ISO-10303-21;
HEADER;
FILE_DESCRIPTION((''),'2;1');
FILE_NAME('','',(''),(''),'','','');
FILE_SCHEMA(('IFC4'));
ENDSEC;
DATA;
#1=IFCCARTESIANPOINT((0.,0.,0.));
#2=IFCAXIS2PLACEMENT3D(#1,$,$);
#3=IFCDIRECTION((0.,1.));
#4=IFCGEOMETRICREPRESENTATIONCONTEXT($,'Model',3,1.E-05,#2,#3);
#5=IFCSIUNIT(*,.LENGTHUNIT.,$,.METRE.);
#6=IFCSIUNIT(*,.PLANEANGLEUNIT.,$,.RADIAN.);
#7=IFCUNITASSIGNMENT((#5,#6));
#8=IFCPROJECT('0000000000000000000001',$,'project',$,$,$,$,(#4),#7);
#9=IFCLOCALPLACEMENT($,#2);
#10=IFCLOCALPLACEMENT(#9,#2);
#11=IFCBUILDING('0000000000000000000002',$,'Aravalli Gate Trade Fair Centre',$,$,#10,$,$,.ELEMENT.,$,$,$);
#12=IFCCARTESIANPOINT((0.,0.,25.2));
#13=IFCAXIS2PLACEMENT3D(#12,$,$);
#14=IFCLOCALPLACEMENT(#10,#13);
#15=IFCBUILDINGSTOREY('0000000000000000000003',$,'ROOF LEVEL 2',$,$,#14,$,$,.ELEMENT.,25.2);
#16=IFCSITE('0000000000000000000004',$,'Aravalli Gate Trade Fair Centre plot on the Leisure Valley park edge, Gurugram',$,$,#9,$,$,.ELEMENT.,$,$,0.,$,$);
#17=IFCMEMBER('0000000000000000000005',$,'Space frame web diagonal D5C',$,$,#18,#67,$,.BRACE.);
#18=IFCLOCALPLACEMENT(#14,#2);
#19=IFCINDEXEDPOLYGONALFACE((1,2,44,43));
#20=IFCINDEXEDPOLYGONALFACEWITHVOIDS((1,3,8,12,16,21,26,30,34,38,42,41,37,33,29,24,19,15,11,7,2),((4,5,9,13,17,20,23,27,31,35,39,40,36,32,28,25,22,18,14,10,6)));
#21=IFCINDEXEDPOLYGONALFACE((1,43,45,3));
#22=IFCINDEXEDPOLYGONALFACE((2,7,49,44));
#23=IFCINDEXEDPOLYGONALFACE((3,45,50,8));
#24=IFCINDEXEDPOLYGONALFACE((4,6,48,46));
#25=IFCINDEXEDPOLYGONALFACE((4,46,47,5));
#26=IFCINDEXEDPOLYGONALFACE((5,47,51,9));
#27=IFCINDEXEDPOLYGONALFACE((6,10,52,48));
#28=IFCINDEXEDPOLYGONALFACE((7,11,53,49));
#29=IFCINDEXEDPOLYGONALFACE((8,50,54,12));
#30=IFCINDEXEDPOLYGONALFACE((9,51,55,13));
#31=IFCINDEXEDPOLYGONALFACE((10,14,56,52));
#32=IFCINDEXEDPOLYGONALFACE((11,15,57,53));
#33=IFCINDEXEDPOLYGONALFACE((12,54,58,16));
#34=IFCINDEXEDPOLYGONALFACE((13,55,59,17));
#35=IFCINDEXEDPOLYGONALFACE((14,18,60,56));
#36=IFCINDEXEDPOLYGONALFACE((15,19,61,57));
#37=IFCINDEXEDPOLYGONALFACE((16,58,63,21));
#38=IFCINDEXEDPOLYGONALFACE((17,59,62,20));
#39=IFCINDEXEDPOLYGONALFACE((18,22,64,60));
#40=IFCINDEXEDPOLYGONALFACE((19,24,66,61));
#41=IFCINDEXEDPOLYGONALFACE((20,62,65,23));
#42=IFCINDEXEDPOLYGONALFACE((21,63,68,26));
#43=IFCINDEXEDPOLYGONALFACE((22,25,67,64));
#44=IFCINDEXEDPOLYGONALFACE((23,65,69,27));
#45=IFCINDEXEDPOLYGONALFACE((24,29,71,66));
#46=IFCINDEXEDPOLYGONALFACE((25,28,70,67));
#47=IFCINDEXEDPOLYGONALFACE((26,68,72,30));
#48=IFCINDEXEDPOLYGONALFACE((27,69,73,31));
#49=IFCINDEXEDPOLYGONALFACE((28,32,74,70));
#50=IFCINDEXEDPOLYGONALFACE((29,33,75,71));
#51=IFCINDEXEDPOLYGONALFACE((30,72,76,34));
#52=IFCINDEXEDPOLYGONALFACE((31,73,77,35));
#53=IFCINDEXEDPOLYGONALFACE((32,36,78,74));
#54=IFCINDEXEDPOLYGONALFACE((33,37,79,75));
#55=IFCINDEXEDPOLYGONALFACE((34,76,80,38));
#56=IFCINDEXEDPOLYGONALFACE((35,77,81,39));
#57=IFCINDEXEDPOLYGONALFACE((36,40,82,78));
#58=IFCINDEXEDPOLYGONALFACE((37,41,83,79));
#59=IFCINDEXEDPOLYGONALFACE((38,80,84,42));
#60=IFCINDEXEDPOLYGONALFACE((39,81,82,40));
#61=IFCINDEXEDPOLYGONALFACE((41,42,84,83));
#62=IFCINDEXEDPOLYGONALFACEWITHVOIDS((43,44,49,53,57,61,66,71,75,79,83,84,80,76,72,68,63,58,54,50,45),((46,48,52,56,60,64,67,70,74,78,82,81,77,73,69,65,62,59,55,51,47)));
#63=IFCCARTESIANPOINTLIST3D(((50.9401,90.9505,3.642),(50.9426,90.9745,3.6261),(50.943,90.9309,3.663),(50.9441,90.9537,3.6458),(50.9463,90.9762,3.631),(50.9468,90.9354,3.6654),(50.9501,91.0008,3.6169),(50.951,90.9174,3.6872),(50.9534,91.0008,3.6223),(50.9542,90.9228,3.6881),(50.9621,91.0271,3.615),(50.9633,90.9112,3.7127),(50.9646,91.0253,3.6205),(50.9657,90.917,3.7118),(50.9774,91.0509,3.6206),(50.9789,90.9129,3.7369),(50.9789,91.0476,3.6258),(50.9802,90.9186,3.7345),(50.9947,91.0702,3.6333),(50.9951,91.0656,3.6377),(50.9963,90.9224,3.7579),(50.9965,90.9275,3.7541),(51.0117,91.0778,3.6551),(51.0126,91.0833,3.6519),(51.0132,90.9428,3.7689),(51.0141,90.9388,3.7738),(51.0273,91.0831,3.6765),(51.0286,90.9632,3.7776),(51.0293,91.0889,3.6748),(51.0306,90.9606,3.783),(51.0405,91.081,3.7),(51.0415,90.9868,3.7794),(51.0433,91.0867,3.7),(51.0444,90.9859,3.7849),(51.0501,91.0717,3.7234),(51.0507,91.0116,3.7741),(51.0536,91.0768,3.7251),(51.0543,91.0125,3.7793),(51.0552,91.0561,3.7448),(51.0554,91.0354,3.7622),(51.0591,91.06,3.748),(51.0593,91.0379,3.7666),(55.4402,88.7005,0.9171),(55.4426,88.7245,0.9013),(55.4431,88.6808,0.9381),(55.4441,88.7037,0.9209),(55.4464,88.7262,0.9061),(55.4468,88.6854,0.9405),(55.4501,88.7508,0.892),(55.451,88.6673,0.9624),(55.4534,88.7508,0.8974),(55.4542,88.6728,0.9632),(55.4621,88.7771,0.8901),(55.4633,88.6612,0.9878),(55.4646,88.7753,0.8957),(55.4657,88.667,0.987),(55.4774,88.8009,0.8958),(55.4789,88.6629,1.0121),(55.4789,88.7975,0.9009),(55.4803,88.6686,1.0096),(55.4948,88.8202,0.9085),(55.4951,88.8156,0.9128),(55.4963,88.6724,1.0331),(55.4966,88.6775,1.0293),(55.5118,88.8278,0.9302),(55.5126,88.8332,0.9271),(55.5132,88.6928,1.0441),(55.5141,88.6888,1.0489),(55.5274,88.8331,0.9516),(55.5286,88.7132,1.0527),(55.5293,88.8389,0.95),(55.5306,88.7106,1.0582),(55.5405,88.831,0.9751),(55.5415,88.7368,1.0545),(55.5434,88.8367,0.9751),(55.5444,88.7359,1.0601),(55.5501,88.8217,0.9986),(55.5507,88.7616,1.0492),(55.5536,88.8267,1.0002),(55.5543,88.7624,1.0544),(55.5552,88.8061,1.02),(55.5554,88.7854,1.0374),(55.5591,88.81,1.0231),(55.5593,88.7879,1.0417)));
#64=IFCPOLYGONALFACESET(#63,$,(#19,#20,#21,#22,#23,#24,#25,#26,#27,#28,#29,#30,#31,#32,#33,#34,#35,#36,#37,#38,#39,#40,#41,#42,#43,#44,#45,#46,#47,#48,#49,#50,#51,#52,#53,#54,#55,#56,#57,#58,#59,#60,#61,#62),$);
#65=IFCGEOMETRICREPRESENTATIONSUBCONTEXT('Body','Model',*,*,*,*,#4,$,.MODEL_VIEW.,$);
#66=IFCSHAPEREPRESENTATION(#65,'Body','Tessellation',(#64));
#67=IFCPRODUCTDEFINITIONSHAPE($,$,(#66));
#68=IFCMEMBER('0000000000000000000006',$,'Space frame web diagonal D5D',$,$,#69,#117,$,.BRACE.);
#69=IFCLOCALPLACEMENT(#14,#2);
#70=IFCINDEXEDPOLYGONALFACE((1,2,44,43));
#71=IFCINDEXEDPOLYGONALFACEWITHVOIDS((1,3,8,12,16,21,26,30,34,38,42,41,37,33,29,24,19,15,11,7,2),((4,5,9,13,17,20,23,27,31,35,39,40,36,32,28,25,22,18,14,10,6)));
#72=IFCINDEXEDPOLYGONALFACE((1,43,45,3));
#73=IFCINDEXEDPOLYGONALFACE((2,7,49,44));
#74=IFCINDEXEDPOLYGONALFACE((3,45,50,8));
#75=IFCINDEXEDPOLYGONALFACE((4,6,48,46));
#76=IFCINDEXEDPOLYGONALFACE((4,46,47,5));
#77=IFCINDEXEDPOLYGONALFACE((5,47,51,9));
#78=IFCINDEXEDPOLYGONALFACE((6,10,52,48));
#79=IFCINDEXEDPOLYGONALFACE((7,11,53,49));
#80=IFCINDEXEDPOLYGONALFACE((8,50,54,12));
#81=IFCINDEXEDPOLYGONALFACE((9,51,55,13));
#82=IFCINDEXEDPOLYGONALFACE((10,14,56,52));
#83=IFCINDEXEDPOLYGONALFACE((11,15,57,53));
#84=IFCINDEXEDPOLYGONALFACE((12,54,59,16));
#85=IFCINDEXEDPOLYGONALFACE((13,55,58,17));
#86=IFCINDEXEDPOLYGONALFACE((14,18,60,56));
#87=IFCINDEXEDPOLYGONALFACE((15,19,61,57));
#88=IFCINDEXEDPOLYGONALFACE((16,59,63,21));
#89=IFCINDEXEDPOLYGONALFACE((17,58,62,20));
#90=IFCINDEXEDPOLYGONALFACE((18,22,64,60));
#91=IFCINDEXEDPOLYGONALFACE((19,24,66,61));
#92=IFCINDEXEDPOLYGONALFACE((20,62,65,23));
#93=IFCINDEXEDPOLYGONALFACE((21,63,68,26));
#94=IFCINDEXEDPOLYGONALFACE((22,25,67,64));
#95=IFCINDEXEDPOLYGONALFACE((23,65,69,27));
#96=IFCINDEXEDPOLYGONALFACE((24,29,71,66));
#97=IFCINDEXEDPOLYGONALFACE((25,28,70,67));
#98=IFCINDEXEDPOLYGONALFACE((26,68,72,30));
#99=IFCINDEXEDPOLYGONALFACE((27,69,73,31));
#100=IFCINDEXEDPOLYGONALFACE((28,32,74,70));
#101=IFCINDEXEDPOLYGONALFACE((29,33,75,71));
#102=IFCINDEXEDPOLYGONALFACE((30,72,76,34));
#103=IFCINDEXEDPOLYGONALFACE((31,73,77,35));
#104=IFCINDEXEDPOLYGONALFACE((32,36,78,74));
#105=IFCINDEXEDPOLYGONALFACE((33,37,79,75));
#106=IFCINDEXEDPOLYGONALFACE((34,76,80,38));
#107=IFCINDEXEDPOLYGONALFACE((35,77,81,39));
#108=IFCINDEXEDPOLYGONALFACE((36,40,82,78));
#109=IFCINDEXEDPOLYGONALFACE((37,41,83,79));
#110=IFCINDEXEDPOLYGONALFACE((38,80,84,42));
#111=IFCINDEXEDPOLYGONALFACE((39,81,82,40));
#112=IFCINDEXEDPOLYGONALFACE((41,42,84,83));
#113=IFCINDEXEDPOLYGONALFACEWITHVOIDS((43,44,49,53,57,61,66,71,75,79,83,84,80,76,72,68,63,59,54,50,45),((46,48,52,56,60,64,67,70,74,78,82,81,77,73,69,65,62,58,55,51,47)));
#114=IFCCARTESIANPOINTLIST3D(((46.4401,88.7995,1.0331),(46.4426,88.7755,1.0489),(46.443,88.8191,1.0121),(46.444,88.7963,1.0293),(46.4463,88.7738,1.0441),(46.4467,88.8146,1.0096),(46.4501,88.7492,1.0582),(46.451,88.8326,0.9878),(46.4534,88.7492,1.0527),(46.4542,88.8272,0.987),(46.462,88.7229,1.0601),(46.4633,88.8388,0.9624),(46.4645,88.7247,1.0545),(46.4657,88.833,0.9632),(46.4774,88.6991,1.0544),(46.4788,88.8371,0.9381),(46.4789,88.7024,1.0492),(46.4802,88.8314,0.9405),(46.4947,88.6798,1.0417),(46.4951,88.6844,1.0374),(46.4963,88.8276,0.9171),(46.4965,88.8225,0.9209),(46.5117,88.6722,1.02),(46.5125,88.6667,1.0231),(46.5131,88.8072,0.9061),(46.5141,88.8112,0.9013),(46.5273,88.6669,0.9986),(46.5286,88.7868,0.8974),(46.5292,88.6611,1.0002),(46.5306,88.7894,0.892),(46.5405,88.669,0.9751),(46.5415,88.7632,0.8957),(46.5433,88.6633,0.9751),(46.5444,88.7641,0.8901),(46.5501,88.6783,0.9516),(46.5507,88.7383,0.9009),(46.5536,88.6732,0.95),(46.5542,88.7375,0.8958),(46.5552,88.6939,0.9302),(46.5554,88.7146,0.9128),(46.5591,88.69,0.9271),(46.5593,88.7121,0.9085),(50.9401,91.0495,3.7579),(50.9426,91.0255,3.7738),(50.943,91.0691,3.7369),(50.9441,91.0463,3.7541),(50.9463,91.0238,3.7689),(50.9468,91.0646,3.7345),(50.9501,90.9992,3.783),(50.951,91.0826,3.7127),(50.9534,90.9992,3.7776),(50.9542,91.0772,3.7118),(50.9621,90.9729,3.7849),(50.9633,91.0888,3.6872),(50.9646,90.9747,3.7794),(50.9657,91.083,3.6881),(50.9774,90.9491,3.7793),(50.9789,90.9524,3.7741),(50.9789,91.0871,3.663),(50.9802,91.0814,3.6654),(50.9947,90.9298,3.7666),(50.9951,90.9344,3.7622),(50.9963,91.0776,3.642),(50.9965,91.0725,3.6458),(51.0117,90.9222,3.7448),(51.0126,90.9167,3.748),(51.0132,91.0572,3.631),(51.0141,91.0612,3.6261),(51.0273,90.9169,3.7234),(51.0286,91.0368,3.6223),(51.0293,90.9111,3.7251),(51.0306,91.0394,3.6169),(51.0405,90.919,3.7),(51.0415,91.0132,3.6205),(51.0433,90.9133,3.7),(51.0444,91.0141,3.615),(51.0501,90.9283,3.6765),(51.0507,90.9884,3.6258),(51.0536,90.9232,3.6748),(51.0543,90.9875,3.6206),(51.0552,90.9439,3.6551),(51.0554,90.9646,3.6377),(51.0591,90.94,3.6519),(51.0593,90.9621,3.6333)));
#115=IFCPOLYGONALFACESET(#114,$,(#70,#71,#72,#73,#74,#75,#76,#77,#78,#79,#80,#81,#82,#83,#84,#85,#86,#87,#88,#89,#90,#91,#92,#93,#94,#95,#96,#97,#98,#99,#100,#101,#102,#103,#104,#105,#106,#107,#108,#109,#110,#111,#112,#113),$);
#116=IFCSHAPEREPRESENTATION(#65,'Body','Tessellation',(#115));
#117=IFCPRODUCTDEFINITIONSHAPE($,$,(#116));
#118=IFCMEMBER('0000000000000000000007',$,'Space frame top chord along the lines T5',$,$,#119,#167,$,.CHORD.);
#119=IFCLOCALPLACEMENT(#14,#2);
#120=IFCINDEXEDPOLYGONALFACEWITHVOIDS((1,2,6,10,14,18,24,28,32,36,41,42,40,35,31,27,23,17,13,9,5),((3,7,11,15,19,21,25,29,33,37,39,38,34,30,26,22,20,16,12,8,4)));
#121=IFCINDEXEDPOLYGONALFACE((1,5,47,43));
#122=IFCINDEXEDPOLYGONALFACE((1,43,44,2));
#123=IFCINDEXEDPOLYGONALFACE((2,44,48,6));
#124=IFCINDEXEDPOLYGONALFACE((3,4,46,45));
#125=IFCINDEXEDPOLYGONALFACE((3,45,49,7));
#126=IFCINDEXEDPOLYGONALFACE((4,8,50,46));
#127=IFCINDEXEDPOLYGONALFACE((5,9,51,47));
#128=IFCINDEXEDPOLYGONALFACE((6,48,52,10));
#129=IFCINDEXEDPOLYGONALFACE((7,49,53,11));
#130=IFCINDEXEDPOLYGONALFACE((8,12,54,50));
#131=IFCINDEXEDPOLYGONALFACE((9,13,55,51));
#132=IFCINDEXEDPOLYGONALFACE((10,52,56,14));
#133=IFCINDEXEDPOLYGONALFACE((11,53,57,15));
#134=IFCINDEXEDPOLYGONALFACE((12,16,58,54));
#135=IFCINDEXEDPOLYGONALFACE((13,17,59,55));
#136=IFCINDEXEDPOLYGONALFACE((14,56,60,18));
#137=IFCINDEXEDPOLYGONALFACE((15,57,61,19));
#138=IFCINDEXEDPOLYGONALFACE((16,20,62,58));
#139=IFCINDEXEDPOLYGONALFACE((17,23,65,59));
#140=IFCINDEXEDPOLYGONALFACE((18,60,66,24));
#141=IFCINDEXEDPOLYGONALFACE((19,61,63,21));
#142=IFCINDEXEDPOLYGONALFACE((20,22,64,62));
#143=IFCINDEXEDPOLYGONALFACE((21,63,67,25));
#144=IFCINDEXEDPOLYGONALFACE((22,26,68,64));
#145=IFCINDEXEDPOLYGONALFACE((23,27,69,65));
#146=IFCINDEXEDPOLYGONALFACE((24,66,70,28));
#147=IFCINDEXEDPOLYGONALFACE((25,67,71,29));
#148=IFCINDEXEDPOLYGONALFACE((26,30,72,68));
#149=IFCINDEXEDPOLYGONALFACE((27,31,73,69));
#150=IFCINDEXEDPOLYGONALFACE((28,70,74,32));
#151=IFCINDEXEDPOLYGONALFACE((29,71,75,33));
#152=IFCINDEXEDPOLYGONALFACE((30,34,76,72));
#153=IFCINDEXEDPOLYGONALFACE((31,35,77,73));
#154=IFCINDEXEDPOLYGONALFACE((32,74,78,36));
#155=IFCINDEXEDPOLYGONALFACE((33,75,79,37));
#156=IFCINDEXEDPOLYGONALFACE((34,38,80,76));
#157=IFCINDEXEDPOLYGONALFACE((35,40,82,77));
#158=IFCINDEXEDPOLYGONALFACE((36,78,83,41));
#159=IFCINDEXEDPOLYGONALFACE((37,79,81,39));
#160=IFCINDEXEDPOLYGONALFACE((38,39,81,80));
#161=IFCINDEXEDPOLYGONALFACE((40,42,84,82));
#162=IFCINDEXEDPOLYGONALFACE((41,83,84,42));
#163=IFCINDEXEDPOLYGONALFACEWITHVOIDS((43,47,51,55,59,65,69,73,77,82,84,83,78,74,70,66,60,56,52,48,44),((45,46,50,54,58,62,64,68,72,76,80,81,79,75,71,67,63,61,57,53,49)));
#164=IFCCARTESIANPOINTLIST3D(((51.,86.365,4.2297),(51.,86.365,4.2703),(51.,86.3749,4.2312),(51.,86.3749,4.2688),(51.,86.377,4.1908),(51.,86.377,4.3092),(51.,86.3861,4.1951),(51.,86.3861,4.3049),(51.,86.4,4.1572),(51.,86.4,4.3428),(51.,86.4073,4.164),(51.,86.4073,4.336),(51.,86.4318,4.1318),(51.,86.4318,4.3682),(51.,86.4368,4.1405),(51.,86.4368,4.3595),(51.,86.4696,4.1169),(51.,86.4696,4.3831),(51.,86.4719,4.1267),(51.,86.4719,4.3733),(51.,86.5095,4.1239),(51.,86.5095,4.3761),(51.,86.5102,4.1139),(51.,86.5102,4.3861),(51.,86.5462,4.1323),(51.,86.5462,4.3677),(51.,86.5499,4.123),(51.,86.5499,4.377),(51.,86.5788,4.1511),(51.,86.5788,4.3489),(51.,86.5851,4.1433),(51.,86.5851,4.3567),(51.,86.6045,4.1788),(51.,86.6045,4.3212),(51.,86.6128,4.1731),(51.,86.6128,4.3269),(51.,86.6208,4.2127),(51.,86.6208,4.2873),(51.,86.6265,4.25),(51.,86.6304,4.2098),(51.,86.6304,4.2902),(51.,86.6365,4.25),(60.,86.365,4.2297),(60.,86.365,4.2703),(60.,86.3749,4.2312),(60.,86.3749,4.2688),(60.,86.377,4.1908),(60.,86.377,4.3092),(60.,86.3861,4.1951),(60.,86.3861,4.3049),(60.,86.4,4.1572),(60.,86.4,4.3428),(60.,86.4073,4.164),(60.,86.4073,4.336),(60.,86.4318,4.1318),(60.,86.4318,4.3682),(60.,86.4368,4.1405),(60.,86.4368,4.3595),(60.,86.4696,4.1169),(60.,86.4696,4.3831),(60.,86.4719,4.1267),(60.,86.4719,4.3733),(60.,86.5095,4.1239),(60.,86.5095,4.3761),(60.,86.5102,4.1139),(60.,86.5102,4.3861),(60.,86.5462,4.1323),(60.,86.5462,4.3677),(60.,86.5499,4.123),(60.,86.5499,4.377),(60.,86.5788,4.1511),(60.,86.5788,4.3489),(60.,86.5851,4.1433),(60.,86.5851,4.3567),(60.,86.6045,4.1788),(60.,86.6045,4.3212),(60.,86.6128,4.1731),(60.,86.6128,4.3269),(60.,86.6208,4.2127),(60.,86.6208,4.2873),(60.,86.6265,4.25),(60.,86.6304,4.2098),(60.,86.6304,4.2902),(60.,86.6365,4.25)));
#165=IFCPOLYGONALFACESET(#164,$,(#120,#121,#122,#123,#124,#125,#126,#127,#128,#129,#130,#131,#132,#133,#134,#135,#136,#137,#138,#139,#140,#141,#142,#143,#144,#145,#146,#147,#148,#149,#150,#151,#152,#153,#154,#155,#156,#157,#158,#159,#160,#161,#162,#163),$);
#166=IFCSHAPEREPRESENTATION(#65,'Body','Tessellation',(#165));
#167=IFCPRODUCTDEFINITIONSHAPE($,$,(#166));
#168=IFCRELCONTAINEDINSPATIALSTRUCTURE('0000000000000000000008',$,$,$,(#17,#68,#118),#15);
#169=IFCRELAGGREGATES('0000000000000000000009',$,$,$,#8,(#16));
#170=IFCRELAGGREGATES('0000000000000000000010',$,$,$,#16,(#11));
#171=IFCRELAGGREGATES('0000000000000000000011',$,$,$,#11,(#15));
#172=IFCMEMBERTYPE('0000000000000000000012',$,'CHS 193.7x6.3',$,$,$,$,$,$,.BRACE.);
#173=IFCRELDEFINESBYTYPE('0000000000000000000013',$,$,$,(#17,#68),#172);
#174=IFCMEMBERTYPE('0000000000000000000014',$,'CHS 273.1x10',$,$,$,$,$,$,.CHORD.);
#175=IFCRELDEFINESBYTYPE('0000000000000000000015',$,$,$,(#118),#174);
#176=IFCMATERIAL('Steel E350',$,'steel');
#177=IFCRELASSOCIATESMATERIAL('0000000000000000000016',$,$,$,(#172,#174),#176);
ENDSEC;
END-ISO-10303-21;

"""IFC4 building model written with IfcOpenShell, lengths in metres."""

from ifc_helpers import new_model, si_unit, direction, frame, origin, origin_2d, place, context, subcontext, project, spatial, hollow_circle, extrude, material, material_profile, profile_set, type_object, element, save


model = new_model("IFC4")

# Units and contexts
model_context = context("Model", 3, precision=1e-05, world=origin(), true_north=direction((0.0, 1.0)))
body_context = subcontext(model_context, "Body", "Model", "MODEL_VIEW")
ifc_project = project(units=[si_unit("LENGTHUNIT", "METRE"), si_unit("PLANEANGLEUNIT", "RADIAN")], contexts=[model_context])

# Site, building, storey
site_placement = place(None, origin())
site = spatial("IfcSite", under=ifc_project, at=site_placement, Name="Aravalli Gate Trade Fair Centre plot on the Leisure Valley park edge, Gurugram", CompositionType="ELEMENT", RefElevation=0.0)
building_placement = place(site_placement, origin())
building = spatial("IfcBuilding", under=site, at=building_placement, Name="Aravalli Gate Trade Fair Centre", CompositionType="ELEMENT")
storey_placement = place(building_placement, frame((0.0, 0.0, 25.2)))
storey = spatial("IfcBuildingStorey", under=building, at=storey_placement, Name="ROOF LEVEL 2", CompositionType="ELEMENT", Elevation=25.2)

# Members
ifc_material_1 = material(Name="Steel E350", Category="steel")
ifc_material_profile_1 = material_profile(ifc_material_1, hollow_circle(Radius=0.0969, WallThickness=0.0063, at=origin_2d()), Name="CHS 193.7x6.3")
ifc_profile_set_1 = profile_set([ifc_material_profile_1], Name="Steel E350")
member_type_1 = type_object("IfcMemberType", Name="CHS 193.7x6.3", PredefinedType="BRACE", material=ifc_profile_set_1)
for number, where, z_axis, x_axis, name in (
    (1, (51.0, 91.0, 3.7), (0.786486, -0.393243, -0.476235), (0.447214, 0.894427, 0.0), "Space frame web diagonal D5C"),
    (2, (51.0, 91.0, 3.7), (-0.786486, -0.393243, -0.476235), (0.447214, -0.894427, 0.0), "Space frame web diagonal D5D"),
):
    element("IfcMember", number, at=place(storey_placement, frame(where, z_axis=z_axis, x_axis=x_axis)), inside=storey, type_object=member_type_1, Name=name, PredefinedType="BRACE", context=body_context, shape_type="SweptSolid", body=[
        extrude(hollow_circle(Radius=0.0969, WallThickness=0.0063, at=origin_2d()), origin(), (0.0, 0.0, 1.0), 5.7217),
    ])
ifc_material_profile_2 = material_profile(ifc_material_1, hollow_circle(Radius=0.1365, WallThickness=0.01, at=origin_2d()), Name="CHS 273.1x10")
ifc_profile_set_2 = profile_set([ifc_material_profile_2], Name="Steel E350")
member_type_2 = type_object("IfcMemberType", Name="CHS 273.1x10", PredefinedType="CHORD", material=ifc_profile_set_2)
for number, where, z_axis, x_axis, name in (
    (3, (51.0, 86.5, 4.25), (1.0, 0.0, 0.0), (0.0, 1.0, 0.0), "Space frame top chord along the lines T5"),
):
    element("IfcMember", number, at=place(storey_placement, frame(where, z_axis=z_axis, x_axis=x_axis)), inside=storey, type_object=member_type_2, Name=name, PredefinedType="CHORD", context=body_context, shape_type="SweptSolid", body=[
        extrude(hollow_circle(Radius=0.1365, WallThickness=0.01, at=origin_2d()), origin(), (0.0, 0.0, 1.0), 9.0),
    ])

save(model, "model.ifc")
